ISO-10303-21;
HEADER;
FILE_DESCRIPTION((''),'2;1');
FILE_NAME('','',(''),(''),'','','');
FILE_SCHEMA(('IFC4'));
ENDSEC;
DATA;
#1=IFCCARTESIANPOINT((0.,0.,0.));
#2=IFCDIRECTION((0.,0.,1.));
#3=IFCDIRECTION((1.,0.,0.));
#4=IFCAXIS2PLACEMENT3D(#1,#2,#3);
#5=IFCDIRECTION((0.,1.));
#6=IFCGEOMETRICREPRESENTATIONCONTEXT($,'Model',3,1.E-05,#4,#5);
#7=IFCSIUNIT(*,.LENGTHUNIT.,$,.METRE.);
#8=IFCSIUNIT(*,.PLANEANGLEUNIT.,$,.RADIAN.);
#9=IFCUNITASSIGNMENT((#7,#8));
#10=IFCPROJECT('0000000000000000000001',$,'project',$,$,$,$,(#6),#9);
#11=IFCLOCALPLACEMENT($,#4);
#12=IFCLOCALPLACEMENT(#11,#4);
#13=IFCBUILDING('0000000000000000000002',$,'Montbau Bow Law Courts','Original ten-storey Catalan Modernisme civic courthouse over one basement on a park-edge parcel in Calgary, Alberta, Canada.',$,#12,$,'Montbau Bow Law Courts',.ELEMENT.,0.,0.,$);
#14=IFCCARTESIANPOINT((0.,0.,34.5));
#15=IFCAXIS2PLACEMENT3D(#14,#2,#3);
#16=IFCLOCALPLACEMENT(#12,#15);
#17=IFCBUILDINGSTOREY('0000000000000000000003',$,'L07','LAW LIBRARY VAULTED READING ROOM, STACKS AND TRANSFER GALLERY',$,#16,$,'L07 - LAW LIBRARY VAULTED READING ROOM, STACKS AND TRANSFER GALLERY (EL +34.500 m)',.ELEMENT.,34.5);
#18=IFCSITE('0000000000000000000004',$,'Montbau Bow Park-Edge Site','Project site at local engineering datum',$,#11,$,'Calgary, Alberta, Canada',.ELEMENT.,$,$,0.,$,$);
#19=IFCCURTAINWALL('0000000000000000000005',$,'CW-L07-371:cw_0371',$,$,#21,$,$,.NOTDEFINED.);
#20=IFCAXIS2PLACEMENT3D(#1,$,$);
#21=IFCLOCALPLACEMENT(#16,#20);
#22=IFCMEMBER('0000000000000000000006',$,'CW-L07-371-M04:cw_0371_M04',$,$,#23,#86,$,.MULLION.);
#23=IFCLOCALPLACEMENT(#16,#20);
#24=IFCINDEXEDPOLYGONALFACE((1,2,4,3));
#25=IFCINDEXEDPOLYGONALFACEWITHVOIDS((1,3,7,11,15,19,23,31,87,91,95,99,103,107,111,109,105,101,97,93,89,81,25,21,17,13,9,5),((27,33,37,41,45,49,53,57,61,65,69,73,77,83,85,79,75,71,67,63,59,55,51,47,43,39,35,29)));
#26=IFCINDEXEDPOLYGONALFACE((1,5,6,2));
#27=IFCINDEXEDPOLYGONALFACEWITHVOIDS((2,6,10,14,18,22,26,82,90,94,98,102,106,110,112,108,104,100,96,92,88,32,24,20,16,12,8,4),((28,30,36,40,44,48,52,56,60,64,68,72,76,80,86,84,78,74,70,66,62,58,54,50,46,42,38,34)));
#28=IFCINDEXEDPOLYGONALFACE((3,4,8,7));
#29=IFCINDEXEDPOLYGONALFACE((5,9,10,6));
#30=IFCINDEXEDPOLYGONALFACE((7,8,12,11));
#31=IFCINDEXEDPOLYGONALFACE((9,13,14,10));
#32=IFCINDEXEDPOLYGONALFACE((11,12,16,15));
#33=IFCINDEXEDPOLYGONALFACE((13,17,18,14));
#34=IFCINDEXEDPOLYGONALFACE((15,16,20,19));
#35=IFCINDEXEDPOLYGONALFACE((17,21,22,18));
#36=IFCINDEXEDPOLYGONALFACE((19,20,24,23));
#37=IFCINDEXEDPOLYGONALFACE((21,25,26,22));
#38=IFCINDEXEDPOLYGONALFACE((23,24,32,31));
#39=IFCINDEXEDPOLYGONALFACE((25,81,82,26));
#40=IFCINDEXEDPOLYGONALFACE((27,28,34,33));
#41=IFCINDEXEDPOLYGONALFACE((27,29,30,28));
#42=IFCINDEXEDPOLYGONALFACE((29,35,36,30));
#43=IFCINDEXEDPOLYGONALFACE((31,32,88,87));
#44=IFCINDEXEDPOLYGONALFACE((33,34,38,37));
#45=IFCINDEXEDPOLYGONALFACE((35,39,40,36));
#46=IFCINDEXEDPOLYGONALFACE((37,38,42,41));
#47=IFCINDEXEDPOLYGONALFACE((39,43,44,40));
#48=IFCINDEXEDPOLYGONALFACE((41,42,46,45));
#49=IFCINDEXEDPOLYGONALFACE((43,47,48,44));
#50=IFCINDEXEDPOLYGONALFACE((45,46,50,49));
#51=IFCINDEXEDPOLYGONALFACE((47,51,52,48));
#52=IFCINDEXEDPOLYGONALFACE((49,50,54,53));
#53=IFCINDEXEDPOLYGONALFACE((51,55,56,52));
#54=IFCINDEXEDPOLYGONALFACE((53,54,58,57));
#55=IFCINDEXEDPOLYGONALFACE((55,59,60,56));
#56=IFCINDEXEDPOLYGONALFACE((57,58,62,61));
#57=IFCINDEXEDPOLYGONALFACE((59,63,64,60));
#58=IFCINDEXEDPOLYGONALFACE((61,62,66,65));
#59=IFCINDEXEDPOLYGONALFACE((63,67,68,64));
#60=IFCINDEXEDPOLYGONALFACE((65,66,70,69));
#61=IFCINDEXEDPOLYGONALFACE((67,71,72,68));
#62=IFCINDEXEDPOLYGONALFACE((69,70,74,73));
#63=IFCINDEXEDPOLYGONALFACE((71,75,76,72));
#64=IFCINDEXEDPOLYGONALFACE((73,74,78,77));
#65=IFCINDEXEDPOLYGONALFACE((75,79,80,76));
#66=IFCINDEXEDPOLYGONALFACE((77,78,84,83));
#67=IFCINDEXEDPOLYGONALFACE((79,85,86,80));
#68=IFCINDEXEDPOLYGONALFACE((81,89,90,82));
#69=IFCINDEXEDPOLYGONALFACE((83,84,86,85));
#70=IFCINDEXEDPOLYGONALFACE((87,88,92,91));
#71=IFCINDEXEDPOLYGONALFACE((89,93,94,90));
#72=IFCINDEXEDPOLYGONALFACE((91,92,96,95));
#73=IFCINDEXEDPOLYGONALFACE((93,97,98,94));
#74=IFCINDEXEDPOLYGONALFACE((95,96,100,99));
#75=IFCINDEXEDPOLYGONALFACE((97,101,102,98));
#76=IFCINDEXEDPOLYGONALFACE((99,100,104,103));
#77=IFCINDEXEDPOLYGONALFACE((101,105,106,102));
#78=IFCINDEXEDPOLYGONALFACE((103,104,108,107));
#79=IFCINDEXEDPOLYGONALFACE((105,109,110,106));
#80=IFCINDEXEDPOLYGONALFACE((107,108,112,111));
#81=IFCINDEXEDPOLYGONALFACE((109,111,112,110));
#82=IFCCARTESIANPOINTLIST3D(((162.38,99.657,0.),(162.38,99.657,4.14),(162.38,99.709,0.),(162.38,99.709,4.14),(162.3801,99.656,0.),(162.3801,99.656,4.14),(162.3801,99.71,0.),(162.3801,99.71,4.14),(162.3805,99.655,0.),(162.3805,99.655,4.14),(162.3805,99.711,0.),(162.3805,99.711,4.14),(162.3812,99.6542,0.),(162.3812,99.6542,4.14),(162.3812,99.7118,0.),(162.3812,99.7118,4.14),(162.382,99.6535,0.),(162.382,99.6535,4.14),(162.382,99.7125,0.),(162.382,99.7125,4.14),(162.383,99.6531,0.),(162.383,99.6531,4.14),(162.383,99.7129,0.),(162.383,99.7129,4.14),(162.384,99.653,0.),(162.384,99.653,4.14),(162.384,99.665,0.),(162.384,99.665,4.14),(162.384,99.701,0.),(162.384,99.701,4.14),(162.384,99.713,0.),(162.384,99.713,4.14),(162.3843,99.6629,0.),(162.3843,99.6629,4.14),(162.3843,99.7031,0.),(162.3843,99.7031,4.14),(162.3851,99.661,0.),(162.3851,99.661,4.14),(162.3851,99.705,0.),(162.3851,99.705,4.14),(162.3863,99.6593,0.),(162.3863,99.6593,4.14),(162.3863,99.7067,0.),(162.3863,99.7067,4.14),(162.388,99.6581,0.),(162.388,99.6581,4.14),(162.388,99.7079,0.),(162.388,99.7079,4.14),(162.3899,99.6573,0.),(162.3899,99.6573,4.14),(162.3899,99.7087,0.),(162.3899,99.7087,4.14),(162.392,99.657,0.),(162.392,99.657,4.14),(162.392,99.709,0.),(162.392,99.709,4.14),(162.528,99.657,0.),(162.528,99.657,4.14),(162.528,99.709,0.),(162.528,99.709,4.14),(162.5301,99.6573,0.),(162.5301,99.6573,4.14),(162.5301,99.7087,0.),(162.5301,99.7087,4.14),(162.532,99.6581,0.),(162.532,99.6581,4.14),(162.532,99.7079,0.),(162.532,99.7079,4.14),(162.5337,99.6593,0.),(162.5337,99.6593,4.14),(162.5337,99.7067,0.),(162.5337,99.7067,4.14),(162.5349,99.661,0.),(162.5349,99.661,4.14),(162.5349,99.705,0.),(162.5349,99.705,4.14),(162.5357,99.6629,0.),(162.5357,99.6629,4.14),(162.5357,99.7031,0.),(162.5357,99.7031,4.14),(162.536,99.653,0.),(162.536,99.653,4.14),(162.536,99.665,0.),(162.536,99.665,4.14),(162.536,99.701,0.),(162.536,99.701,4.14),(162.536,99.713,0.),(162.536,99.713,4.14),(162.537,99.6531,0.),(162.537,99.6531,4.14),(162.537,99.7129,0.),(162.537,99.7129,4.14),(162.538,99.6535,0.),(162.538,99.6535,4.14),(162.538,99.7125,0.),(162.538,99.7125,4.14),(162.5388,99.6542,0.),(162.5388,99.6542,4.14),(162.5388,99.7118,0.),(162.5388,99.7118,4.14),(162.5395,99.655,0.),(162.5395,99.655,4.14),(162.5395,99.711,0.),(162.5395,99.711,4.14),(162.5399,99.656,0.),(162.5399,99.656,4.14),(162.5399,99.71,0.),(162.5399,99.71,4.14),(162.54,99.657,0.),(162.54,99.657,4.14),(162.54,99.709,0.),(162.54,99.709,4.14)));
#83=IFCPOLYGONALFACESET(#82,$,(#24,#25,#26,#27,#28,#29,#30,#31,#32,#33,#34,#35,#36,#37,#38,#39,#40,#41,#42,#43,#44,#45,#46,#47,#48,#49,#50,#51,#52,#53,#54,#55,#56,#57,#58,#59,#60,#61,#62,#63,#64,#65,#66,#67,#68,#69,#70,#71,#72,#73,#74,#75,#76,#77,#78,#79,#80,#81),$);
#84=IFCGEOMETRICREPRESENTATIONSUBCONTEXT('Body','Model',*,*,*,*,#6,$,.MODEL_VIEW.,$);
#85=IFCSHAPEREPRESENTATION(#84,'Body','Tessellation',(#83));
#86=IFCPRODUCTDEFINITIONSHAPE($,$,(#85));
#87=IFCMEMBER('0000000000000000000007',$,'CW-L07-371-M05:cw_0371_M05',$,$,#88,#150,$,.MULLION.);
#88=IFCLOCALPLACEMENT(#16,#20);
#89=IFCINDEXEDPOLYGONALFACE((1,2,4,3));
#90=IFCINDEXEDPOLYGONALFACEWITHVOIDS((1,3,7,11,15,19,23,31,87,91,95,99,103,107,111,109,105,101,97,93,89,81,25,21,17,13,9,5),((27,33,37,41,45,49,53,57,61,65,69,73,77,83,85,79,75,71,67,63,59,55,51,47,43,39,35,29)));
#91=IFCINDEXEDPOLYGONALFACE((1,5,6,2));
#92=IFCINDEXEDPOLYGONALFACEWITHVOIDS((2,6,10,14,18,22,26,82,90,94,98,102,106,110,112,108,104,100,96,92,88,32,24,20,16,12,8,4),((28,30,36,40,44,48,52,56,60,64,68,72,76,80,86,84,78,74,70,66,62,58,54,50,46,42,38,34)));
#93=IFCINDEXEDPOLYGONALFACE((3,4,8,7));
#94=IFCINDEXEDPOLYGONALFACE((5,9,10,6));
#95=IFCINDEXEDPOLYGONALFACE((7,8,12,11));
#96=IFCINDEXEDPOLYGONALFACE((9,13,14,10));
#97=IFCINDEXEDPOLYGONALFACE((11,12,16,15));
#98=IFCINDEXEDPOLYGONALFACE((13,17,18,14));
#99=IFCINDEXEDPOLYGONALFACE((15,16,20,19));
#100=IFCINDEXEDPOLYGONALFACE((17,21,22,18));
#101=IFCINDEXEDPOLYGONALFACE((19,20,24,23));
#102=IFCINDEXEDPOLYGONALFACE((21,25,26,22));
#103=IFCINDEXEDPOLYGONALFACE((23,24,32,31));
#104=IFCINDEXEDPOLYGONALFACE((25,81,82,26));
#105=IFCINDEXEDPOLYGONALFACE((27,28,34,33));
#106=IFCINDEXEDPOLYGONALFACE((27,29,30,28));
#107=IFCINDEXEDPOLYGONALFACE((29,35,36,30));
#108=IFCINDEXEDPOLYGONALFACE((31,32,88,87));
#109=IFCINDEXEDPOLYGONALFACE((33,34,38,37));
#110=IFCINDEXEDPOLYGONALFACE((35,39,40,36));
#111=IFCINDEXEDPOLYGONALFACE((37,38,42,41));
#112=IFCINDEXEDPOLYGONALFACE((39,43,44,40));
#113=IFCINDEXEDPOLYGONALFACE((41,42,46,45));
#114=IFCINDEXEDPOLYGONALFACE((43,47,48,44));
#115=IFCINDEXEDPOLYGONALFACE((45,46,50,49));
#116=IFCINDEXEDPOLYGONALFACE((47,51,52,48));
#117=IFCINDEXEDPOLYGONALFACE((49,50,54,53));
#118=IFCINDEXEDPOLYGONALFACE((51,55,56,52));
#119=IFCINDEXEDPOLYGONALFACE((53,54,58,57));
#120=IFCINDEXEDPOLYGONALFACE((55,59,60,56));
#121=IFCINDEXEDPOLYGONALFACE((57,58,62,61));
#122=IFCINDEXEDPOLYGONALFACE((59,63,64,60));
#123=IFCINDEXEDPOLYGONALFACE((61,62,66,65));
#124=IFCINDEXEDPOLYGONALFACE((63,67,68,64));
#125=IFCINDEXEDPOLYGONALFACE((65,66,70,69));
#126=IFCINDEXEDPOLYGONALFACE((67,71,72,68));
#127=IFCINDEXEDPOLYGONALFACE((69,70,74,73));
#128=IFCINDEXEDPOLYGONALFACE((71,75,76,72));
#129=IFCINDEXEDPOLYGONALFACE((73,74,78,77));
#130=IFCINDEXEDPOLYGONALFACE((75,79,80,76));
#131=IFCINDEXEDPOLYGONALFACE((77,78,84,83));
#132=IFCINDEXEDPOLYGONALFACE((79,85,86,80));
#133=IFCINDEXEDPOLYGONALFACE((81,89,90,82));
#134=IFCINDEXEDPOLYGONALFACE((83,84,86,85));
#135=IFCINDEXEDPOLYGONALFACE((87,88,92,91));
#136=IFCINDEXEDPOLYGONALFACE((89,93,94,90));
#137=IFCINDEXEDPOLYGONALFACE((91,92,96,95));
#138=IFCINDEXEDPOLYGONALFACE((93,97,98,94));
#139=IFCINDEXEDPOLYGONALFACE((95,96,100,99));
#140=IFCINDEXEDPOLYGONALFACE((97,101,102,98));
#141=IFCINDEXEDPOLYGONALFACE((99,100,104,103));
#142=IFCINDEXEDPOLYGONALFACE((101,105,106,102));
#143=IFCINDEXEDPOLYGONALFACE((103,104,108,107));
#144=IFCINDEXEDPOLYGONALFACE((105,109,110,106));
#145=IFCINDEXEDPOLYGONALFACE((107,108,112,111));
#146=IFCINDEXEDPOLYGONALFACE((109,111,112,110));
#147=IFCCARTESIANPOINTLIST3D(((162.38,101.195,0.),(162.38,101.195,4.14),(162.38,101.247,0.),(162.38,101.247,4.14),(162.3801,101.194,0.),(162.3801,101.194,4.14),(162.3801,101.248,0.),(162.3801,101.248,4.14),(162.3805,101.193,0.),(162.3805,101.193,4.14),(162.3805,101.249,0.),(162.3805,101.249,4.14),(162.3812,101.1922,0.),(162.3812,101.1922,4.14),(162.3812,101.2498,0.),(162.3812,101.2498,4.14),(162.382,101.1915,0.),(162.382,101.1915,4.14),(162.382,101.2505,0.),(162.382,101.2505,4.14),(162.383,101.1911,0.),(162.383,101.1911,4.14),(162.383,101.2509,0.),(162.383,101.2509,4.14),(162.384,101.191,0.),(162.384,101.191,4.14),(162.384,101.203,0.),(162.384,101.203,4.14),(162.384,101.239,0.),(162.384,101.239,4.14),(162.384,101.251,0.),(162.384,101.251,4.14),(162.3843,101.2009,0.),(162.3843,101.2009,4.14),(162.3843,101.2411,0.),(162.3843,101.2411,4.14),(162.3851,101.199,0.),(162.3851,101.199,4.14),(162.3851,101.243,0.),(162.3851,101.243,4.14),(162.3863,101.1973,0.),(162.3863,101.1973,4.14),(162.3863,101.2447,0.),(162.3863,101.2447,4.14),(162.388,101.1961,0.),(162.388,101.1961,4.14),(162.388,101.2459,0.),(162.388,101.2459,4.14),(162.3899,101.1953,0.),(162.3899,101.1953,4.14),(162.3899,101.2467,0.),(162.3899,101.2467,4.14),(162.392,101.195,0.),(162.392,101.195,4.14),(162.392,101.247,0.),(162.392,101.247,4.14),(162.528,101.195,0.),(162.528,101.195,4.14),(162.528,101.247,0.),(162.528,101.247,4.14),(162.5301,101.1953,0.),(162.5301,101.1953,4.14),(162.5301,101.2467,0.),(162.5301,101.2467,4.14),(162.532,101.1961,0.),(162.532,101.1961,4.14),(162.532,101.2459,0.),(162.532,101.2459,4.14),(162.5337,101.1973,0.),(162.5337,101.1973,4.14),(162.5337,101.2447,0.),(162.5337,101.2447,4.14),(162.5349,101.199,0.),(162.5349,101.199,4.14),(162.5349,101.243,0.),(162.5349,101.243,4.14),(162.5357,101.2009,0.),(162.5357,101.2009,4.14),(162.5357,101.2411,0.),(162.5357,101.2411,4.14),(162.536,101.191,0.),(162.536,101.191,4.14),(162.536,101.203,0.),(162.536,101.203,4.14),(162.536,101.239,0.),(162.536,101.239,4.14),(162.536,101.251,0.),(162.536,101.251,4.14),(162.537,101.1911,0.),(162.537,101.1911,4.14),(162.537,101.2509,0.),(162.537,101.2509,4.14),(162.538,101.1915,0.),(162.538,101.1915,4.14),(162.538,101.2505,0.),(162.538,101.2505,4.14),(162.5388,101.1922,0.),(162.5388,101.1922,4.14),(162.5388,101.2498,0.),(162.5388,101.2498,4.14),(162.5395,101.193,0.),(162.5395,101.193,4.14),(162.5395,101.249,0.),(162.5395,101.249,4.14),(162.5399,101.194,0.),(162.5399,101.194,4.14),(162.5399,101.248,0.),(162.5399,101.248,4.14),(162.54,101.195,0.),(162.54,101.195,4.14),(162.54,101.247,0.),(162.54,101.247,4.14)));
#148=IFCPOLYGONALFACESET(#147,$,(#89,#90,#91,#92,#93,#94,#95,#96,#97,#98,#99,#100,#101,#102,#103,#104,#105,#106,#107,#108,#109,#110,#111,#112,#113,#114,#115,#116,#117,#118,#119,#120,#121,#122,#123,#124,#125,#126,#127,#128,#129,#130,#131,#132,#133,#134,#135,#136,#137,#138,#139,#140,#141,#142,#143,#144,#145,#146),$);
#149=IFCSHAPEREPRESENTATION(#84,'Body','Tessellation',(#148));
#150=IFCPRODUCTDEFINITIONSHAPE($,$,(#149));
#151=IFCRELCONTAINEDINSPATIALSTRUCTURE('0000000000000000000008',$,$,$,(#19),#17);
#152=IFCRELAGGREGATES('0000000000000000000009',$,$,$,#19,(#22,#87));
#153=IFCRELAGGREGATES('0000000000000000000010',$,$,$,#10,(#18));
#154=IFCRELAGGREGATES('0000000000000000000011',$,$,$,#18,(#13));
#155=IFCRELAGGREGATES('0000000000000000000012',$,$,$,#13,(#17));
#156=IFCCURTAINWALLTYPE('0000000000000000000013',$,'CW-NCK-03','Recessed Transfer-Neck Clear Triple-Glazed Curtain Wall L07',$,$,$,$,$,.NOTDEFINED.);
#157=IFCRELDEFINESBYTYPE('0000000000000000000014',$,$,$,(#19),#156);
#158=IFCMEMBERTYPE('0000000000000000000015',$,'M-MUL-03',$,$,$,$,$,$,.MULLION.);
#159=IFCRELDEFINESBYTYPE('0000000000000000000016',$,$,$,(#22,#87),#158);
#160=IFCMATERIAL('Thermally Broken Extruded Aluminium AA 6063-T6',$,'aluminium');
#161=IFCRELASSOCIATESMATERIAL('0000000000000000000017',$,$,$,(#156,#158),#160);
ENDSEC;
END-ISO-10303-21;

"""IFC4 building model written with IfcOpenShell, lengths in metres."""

from ifc_helpers import new_model, si_unit, direction, frame, origin_with_axes, origin_2d_with_axis, place, context, subcontext, project, spatial, hollow_rectangle, extrude, material, material_profile, profile_set, type_object, element, aggregate, save


model = new_model("IFC4")

# Units and contexts
model_context = context("Model", 3, precision=1e-05, world=origin_with_axes(), true_north=direction((0.0, 1.0)))
body_context = subcontext(model_context, "Body", "Model", "MODEL_VIEW")
ifc_project = project(units=[si_unit("LENGTHUNIT", "METRE"), si_unit("PLANEANGLEUNIT", "RADIAN")], contexts=[model_context])

# Site, building, storey
site_placement = place(None, origin_with_axes())
site = spatial("IfcSite", under=ifc_project, at=site_placement, Name="Montbau Bow Park-Edge Site", Description="Project site at local engineering datum", LongName="Calgary, Alberta, Canada", CompositionType="ELEMENT", RefElevation=0.0)
building_placement = place(site_placement, origin_with_axes())
building = spatial("IfcBuilding", under=site, at=building_placement, Name="Montbau Bow Law Courts", Description="Original ten-storey Catalan Modernisme civic courthouse over one basement on a park-edge parcel in Calgary, Alberta, Canada.", LongName="Montbau Bow Law Courts", CompositionType="ELEMENT", ElevationOfRefHeight=0.0, ElevationOfTerrain=0.0)
storey_placement = place(building_placement, frame((0.0, 0.0, 34.5), z_axis=(0.0, 0.0, 1.0), x_axis=(1.0, 0.0, 0.0)))
storey = spatial("IfcBuildingStorey", under=building, at=storey_placement, Name="L07", Description="LAW LIBRARY VAULTED READING ROOM, STACKS AND TRANSFER GALLERY", LongName="L07 - LAW LIBRARY VAULTED READING ROOM, STACKS AND TRANSFER GALLERY (EL +34.500 m)", CompositionType="ELEMENT", Elevation=34.5)

# Curtain wall, members
ifc_material_1 = material(Name="Thermally Broken Extruded Aluminium AA 6063-T6", Category="aluminium")
curtain_wall_type = type_object("IfcCurtainWallType", Name="CW-NCK-03", Description="Recessed Transfer-Neck Clear Triple-Glazed Curtain Wall L07", PredefinedType="NOTDEFINED", material=ifc_material_1)
curtain_wall_placement = place(None, frame((162.46, 95.067, 34.5), z_axis=(0.0, 0.0, 1.0), x_axis=(1.0, 0.0, 0.0)))
curtain_wall = element("IfcCurtainWall", 1, at=curtain_wall_placement, inside=storey, type_object=curtain_wall_type, Name="CW-L07-371:cw_0371", PredefinedType="NOTDEFINED")
ifc_material_profile_1 = material_profile(ifc_material_1, hollow_rectangle(XDim=0.06, YDim=0.16, WallThickness=0.004, InnerFilletRadius=0.008, OuterFilletRadius=0.004, at=origin_2d_with_axis()), Name="CWM-160X60", Category="Main", Priority=0)
ifc_profile_set_1 = profile_set([ifc_material_profile_1], Name="Thermally Broken Extruded Aluminium AA 6063-T6")
member_type_1 = type_object("IfcMemberType", Name="M-MUL-03", PredefinedType="MULLION", material=ifc_profile_set_1)
member_1_placement = place(None, frame((162.46, 99.683, 34.5), z_axis=(0.0, 0.0, 1.0), x_axis=(0.0, 1.0, 0.0)))
member_1 = element("IfcMember", 2, at=member_1_placement, type_object=member_type_1, Name="CW-L07-371-M04:cw_0371_M04", PredefinedType="MULLION", context=body_context, shape_type="SweptSolid", body=[
    extrude(hollow_rectangle(XDim=0.06, YDim=0.16, WallThickness=0.004, InnerFilletRadius=0.008, OuterFilletRadius=0.004, at=origin_2d_with_axis()), origin_with_axes(), (0.0, 0.0, 1.0), 4.14),
])
member_2_placement = place(None, frame((162.46, 101.221, 34.5), z_axis=(0.0, 0.0, 1.0), x_axis=(0.0, 1.0, 0.0)))
member_2 = element("IfcMember", 3, at=member_2_placement, type_object=member_type_1, Name="CW-L07-371-M05:cw_0371_M05", PredefinedType="MULLION", context=body_context, shape_type="SweptSolid", body=[
    extrude(hollow_rectangle(XDim=0.06, YDim=0.16, WallThickness=0.004, InnerFilletRadius=0.008, OuterFilletRadius=0.004, at=origin_2d_with_axis()), origin_with_axes(), (0.0, 0.0, 1.0), 4.14),
])
aggregate(curtain_wall, [member_1, member_2])

save(model, "model.ifc")
